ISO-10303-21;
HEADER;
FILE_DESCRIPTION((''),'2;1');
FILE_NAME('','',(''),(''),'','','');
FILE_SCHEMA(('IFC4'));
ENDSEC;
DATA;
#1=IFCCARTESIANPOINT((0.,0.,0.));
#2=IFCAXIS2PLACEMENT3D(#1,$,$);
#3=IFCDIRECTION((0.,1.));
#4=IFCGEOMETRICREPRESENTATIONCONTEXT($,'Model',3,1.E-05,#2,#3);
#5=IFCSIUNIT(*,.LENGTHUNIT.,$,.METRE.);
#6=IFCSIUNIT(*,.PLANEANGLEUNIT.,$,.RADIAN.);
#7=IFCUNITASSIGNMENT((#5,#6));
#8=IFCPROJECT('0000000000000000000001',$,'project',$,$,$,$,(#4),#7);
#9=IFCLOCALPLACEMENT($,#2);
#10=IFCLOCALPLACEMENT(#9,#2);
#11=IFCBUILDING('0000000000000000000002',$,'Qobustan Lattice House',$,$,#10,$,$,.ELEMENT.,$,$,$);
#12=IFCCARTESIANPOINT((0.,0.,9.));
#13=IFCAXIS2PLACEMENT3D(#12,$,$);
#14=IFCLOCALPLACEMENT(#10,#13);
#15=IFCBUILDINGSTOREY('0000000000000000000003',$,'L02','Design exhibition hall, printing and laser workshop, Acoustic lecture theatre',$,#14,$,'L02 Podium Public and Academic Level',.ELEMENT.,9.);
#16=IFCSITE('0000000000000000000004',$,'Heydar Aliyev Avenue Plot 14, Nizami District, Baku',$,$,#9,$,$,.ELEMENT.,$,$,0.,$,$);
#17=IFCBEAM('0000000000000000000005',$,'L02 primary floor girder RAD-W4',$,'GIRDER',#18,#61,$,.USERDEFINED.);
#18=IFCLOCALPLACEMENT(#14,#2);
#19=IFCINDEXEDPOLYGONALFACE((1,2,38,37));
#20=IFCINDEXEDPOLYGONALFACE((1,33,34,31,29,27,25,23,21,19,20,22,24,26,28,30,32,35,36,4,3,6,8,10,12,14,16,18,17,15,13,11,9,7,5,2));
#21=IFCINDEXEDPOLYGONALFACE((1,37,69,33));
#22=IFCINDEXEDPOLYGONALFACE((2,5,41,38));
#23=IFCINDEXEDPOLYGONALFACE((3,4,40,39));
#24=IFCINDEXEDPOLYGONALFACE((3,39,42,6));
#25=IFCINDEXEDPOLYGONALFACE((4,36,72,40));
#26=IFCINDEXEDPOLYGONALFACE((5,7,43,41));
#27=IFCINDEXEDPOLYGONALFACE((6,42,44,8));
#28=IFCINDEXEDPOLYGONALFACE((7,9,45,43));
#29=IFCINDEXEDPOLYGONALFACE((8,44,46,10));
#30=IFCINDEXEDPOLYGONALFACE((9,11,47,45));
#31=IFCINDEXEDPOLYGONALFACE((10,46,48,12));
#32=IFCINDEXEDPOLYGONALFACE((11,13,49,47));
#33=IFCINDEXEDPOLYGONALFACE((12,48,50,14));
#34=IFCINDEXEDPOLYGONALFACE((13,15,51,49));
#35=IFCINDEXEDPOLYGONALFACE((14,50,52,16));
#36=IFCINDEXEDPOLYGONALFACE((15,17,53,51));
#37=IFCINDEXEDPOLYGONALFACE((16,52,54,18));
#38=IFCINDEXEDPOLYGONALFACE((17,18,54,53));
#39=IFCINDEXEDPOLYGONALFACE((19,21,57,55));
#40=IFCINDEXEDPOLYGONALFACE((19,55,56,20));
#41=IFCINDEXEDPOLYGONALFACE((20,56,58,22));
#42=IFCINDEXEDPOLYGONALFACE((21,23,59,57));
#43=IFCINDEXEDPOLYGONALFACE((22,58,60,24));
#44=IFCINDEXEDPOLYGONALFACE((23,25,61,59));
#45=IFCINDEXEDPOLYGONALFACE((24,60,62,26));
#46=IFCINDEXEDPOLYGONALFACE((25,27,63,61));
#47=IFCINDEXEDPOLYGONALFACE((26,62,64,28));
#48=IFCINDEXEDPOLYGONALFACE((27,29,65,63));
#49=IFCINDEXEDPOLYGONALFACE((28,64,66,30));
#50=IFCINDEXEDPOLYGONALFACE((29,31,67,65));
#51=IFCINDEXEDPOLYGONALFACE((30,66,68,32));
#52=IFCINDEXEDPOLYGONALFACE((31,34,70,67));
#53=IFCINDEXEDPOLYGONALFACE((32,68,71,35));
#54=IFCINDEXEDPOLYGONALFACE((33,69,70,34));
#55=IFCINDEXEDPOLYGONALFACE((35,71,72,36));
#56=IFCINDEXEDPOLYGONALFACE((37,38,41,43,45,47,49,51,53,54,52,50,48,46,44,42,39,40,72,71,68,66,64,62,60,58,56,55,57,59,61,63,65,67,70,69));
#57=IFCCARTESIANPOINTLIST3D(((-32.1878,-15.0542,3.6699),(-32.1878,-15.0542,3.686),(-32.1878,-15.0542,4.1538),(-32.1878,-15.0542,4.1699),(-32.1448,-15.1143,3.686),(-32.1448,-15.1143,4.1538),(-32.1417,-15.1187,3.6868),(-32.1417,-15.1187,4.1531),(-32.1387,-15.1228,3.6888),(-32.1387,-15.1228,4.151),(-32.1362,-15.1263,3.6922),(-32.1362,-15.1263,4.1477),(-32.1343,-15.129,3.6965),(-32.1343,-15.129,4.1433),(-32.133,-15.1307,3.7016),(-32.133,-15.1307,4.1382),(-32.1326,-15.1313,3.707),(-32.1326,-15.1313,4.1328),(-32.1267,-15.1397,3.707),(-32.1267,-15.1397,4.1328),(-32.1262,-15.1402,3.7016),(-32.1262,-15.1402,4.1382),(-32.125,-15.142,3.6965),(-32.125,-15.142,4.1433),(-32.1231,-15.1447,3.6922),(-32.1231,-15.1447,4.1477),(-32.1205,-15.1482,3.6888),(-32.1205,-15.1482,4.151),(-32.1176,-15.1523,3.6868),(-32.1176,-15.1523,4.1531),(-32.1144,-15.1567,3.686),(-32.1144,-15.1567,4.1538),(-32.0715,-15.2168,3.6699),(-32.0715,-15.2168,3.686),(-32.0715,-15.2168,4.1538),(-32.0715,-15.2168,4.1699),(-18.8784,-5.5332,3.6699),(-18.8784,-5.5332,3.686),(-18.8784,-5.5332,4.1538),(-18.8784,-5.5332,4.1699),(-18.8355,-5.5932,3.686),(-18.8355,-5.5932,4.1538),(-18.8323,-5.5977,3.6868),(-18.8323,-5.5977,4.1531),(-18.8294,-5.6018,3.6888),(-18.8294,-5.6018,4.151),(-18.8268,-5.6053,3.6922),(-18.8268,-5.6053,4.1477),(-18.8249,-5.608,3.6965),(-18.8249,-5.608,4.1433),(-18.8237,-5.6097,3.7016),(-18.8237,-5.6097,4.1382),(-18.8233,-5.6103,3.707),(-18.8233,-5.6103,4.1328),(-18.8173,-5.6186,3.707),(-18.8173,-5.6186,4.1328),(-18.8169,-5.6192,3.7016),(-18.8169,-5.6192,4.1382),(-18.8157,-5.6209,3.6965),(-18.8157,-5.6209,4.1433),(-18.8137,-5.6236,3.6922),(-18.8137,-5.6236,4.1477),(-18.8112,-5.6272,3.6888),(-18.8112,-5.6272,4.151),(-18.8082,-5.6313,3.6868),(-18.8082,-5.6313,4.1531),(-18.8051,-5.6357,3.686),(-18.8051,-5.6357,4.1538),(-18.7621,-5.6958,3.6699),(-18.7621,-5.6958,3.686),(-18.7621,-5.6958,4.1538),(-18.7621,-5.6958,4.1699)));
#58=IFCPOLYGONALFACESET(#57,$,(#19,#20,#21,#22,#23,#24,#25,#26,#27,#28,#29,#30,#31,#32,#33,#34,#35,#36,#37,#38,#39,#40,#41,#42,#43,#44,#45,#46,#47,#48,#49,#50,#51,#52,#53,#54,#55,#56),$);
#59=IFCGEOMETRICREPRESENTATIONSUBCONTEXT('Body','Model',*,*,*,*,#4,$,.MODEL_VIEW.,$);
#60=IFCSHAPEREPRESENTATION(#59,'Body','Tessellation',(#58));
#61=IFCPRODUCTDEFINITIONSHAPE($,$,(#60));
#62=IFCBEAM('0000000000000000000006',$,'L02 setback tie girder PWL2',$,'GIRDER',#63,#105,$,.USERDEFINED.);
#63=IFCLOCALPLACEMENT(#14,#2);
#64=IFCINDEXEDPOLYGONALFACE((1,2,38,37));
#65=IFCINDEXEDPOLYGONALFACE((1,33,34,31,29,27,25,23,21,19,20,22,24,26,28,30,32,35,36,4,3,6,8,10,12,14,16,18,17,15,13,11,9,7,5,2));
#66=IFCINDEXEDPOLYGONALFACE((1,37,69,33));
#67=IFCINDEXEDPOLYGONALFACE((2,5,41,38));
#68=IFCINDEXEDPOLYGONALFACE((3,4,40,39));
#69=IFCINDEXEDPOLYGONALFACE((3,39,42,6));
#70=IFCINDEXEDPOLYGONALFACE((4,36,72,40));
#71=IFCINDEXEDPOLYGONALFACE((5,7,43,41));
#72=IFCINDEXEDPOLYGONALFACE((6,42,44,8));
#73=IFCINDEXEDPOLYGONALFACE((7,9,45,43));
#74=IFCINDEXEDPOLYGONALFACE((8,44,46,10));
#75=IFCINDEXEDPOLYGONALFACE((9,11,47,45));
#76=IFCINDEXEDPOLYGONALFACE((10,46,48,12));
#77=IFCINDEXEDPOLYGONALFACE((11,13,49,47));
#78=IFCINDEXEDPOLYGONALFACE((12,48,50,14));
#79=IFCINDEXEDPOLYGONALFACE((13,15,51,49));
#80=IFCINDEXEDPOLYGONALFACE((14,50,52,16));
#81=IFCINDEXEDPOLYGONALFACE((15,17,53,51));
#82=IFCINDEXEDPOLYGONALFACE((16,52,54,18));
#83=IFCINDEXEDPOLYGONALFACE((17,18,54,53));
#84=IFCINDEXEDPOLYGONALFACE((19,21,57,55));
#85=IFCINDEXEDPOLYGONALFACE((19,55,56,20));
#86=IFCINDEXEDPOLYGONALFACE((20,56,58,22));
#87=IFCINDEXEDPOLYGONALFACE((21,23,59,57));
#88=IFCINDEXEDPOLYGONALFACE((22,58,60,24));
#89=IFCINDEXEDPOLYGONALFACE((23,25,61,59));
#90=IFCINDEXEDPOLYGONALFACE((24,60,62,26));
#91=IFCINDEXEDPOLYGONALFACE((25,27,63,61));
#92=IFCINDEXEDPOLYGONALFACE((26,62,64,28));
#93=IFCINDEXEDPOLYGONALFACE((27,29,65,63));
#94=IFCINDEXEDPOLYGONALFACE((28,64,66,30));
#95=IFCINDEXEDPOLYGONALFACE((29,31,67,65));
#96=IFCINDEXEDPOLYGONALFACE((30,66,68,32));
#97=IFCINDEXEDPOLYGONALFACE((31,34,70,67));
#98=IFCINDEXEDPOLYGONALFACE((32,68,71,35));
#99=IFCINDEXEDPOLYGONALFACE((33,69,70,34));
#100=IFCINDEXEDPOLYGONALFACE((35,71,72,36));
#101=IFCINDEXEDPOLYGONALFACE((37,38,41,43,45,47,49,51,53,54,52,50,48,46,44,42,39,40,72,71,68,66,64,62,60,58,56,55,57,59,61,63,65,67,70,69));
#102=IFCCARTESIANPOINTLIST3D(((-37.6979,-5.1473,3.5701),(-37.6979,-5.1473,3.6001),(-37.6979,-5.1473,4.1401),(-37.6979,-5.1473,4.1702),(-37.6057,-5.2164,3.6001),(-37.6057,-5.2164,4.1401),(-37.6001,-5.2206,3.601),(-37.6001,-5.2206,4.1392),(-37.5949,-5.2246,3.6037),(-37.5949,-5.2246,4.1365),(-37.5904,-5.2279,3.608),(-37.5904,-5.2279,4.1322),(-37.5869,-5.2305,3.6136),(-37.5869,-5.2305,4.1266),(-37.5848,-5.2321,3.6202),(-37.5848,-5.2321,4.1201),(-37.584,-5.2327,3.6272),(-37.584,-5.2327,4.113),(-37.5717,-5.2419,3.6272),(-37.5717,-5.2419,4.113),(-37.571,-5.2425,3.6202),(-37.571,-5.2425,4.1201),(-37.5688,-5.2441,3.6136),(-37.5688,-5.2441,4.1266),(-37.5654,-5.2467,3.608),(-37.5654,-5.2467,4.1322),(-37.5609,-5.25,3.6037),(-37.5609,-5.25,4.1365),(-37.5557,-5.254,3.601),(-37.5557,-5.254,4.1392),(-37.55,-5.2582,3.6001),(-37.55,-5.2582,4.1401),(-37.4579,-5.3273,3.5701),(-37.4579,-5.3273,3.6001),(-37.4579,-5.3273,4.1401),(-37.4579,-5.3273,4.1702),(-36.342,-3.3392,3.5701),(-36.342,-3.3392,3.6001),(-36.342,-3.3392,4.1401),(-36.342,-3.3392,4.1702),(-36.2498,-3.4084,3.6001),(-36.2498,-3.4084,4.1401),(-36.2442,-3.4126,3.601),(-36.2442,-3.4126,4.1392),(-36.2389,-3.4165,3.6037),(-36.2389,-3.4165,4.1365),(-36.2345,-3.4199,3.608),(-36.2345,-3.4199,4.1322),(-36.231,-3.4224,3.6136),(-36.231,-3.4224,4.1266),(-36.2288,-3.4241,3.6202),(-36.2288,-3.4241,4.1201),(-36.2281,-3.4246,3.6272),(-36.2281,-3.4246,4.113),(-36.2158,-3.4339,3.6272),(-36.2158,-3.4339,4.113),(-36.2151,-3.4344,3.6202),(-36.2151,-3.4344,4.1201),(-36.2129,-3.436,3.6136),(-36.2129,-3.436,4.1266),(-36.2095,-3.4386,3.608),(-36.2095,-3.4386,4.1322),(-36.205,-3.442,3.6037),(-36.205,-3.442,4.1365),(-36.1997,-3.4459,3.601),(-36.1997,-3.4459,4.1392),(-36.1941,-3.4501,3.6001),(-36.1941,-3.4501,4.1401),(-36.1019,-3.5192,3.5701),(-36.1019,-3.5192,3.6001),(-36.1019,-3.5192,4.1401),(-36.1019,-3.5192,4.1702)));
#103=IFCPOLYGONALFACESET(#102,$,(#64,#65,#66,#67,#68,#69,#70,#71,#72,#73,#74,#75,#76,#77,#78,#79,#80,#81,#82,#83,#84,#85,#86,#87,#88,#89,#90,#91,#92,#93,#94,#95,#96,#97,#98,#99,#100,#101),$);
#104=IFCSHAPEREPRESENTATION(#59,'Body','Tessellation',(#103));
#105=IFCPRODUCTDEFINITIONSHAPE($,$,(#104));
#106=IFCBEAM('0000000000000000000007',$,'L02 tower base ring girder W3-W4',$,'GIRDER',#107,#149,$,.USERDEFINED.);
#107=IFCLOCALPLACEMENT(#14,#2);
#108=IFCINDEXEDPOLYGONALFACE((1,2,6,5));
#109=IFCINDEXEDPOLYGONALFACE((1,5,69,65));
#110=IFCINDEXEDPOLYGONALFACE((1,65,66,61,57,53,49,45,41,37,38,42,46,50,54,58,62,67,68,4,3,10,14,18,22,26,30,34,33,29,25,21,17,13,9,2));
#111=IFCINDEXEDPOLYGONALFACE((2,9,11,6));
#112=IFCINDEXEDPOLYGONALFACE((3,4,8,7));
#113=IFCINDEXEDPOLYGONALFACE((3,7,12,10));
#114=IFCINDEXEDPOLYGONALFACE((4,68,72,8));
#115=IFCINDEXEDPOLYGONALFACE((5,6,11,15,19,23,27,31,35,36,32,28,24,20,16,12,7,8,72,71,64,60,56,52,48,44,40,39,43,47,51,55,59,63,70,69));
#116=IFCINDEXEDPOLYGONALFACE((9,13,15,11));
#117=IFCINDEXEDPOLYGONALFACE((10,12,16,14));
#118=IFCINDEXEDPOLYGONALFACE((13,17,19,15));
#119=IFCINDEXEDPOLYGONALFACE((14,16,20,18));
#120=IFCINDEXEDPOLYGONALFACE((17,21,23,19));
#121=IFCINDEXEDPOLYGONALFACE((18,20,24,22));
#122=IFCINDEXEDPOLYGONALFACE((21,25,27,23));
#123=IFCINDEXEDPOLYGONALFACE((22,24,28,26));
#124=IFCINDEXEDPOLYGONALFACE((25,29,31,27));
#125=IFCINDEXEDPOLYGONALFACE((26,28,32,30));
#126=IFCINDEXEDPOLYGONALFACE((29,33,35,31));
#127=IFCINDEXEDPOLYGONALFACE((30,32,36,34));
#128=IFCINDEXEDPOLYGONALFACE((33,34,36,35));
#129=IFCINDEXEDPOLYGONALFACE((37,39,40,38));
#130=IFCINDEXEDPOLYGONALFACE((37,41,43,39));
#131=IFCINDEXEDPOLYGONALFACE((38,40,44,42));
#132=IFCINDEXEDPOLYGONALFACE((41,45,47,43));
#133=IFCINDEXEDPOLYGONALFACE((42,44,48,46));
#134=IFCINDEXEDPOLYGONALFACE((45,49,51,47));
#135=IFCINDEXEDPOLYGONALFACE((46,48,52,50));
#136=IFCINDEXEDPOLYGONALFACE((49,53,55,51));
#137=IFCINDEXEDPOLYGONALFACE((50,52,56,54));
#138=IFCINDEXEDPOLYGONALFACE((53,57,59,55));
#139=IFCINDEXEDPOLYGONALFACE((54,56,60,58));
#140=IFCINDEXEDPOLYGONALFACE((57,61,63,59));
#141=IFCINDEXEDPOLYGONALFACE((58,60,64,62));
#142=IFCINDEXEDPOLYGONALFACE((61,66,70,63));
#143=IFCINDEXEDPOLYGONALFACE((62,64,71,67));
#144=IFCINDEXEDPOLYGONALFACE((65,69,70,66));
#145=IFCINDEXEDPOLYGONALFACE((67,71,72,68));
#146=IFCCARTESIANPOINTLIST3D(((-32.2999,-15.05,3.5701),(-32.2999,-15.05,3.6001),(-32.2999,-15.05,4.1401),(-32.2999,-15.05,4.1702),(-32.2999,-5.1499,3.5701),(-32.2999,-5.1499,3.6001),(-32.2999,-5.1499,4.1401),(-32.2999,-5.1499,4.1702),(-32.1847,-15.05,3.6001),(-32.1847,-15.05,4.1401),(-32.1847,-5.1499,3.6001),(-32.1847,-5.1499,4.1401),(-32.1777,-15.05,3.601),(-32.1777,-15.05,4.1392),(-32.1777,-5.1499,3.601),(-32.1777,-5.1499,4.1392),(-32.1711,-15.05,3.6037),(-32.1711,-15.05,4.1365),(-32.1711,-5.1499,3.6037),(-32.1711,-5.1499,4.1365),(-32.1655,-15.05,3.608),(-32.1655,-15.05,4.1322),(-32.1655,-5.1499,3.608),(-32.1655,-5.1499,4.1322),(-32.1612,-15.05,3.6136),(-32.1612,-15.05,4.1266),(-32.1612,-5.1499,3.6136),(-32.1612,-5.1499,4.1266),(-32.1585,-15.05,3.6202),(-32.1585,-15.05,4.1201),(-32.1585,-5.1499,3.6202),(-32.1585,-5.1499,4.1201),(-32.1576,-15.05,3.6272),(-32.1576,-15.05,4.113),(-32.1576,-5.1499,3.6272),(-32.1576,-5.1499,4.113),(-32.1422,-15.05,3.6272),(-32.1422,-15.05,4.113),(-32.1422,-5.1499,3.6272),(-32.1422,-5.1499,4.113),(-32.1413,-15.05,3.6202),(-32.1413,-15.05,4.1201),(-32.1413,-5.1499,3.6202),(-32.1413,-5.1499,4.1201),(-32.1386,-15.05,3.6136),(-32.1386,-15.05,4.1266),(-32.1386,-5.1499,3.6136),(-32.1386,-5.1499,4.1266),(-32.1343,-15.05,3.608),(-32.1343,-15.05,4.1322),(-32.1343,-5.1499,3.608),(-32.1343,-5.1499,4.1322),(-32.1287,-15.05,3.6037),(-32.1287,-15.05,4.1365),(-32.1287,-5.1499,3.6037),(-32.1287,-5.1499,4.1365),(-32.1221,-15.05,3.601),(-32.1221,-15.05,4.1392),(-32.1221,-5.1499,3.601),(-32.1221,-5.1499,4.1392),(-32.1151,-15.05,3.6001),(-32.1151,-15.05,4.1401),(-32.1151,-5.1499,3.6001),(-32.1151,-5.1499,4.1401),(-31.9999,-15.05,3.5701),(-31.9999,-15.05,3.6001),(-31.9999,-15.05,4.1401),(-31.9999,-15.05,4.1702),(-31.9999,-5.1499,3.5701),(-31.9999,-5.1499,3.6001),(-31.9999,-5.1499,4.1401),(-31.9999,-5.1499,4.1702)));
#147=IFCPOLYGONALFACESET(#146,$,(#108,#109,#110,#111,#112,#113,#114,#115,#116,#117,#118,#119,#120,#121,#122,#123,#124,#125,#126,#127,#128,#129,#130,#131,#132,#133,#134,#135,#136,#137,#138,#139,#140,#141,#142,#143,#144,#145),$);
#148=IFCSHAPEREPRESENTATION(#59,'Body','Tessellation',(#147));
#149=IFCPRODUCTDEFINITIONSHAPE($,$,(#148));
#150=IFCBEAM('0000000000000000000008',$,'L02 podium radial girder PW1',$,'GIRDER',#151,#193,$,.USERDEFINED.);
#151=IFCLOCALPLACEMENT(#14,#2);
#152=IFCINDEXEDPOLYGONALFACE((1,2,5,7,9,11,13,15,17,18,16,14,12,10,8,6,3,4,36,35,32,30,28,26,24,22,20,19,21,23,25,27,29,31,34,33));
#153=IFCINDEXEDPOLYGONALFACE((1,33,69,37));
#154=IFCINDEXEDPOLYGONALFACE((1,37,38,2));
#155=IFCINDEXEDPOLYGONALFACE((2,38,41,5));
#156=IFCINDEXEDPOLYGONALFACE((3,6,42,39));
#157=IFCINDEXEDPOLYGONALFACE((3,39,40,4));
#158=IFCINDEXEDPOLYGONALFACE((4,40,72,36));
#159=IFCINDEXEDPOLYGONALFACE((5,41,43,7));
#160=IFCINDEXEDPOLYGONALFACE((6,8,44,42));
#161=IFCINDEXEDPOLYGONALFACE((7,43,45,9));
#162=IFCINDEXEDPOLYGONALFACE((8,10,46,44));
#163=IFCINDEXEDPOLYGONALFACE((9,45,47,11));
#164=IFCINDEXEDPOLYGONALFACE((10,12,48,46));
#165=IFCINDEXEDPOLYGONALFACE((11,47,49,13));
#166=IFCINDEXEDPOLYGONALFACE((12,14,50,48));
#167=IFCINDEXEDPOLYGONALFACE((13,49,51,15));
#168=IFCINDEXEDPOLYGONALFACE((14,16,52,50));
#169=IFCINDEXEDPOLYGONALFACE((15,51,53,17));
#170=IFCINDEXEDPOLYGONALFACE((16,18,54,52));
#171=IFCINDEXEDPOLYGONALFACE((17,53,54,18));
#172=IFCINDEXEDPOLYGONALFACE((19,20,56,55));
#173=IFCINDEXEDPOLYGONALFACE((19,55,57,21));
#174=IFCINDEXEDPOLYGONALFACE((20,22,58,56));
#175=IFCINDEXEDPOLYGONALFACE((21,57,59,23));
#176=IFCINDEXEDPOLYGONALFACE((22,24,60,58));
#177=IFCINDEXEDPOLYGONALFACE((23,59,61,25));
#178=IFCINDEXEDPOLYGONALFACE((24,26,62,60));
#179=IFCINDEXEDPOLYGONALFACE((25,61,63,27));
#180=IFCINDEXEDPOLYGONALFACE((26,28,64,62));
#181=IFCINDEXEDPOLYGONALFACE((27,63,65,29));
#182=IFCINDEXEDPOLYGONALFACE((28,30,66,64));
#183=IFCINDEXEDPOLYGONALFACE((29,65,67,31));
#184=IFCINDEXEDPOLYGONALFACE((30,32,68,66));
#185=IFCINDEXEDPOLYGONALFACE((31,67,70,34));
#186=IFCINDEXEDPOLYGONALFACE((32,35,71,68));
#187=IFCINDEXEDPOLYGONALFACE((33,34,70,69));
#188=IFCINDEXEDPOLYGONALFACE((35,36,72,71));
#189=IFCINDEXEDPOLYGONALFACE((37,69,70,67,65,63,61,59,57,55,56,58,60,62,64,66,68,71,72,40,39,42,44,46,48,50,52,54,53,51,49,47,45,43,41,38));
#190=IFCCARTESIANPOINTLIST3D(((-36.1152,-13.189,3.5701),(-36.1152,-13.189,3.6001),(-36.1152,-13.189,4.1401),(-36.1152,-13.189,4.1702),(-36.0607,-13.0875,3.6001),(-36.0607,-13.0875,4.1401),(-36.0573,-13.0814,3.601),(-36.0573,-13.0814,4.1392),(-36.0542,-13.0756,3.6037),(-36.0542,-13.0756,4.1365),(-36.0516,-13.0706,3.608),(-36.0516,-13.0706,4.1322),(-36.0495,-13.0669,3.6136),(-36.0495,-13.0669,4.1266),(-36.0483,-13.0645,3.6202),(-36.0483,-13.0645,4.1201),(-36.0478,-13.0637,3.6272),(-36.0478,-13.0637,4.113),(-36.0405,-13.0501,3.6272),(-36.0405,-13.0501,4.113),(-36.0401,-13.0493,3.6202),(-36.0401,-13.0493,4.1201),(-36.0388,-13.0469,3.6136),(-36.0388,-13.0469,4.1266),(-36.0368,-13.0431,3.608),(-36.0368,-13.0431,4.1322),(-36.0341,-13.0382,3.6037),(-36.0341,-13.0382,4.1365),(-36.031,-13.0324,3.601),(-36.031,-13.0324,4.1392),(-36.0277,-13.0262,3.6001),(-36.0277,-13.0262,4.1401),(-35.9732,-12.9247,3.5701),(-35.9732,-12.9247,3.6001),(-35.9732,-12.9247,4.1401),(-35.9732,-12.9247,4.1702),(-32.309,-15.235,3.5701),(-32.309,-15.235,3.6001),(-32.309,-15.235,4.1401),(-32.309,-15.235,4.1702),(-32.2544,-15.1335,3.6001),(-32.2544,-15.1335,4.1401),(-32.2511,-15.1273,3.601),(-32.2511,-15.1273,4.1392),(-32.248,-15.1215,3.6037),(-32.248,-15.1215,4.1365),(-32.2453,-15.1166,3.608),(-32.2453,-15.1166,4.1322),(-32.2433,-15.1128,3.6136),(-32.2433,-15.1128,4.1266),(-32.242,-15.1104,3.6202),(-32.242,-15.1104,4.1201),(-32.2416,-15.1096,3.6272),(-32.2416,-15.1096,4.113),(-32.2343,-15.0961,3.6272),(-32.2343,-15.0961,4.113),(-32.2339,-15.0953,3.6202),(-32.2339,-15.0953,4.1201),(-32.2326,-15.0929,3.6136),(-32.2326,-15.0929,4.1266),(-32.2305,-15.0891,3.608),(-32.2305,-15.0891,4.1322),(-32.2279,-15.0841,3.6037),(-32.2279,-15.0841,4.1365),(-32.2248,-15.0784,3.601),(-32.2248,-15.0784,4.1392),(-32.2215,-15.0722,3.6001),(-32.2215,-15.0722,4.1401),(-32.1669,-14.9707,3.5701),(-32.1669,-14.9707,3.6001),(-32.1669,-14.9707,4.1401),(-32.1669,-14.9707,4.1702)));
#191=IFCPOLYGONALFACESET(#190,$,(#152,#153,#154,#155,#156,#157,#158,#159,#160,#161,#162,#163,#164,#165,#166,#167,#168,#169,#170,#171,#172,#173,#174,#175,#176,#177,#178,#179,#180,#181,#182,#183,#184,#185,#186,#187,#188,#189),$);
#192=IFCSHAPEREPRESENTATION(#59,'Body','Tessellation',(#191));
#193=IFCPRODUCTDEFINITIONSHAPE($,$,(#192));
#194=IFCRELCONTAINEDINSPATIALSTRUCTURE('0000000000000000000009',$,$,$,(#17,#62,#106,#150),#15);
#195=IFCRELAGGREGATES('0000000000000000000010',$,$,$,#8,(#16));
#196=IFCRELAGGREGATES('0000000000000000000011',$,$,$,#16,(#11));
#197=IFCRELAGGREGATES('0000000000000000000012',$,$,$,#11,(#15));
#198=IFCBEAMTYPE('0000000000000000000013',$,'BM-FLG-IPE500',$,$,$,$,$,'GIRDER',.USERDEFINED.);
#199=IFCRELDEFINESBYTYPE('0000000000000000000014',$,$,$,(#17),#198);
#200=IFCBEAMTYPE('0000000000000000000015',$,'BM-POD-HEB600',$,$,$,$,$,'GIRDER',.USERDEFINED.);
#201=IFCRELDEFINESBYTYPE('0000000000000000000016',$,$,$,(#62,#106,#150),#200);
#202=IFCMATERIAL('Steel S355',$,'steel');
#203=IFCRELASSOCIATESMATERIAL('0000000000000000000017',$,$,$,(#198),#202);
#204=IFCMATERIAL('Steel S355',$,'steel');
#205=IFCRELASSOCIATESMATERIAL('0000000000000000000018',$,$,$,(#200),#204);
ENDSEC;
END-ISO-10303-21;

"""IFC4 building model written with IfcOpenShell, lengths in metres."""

from ifc_helpers import new_model, si_unit, direction, frame, origin, origin_2d, place, context, subcontext, project, spatial, i_section, extrude, material, material_profile, profile_set, type_object, element, save


model = new_model("IFC4")

# Units and contexts
model_context = context("Model", 3, precision=1e-05, world=origin(), true_north=direction((0.0, 1.0)))
body_context = subcontext(model_context, "Body", "Model", "MODEL_VIEW")
ifc_project = project(units=[si_unit("LENGTHUNIT", "METRE"), si_unit("PLANEANGLEUNIT", "RADIAN")], contexts=[model_context])

# Site, building, storey
site_placement = place(None, origin())
site = spatial("IfcSite", under=ifc_project, at=site_placement, Name="Heydar Aliyev Avenue Plot 14, Nizami District, Baku", CompositionType="ELEMENT", RefElevation=0.0)
building_placement = place(site_placement, origin())
building = spatial("IfcBuilding", under=site, at=building_placement, Name="Qobustan Lattice House", CompositionType="ELEMENT")
storey_placement = place(building_placement, frame((0.0, 0.0, 9.0)))
storey = spatial("IfcBuildingStorey", under=building, at=storey_placement, Name="L02", Description="Design exhibition hall, printing and laser workshop, Acoustic lecture theatre", LongName="L02 Podium Public and Academic Level", CompositionType="ELEMENT", Elevation=9.0)

# Beams
ifc_material_1 = material(Name="Steel S355", Category="steel")
ifc_material_profile_1 = material_profile(ifc_material_1, i_section(OverallWidth=0.2, OverallDepth=0.5, WebThickness=0.0103, FlangeThickness=0.0161, FilletRadius=0.021, at=origin_2d()), Name="IPE500")
ifc_profile_set_1 = profile_set([ifc_material_profile_1], Name="Steel S355")
beam_type_1 = type_object("IfcBeamType", Name="BM-FLG-IPE500", ElementType="GIRDER", PredefinedType="USERDEFINED", material=ifc_profile_set_1)
beam_1_placement = place(storey_placement, frame((-32.1296, -15.1355, 3.9199), z_axis=(0.813319, 0.581818, 0.0), x_axis=(-0.581818, 0.813319, 0.0)))
element("IfcBeam", 1, at=beam_1_placement, inside=storey, type_object=beam_type_1, Name="L02 primary floor girder RAD-W4", ObjectType="GIRDER", PredefinedType="USERDEFINED", context=body_context, shape_type="SweptSolid", body=[
    extrude(i_section(OverallWidth=0.2, OverallDepth=0.5, WebThickness=0.0103, FlangeThickness=0.0161, FilletRadius=0.021, at=origin_2d()), origin(), (0.0, 0.0, 1.0), 16.3643),
])
ifc_material_2 = material(Name="Steel S355", Category="steel")
ifc_material_profile_2 = material_profile(ifc_material_2, i_section(OverallWidth=0.3, OverallDepth=0.6001, WebThickness=0.0154, FlangeThickness=0.03, FilletRadius=0.0271, at=origin_2d()), Name="HEB600")
ifc_profile_set_2 = profile_set([ifc_material_profile_2], Name="Steel S355")
beam_type_2 = type_object("IfcBeamType", Name="BM-POD-HEB600", ElementType="GIRDER", PredefinedType="USERDEFINED", material=ifc_profile_set_2)
beam_2_placement = place(storey_placement, frame((-37.5779, -5.2373, 3.8701), z_axis=(0.599965, 0.800026, 0.0), x_axis=(-0.800026, 0.599965, 0.0)))
element("IfcBeam", 2, at=beam_2_placement, inside=storey, type_object=beam_type_2, Name="L02 setback tie girder PWL2", ObjectType="GIRDER", PredefinedType="USERDEFINED", context=body_context, shape_type="SweptSolid", body=[
    extrude(i_section(OverallWidth=0.3, OverallDepth=0.6001, WebThickness=0.0154, FlangeThickness=0.03, FilletRadius=0.0271, at=origin_2d()), origin(), (0.0, 0.0, 1.0), 2.26),
])
beam_3_placement = place(storey_placement, frame((-32.1499, -5.1499, 3.8701), z_axis=(0.0, -1.0, 0.0), x_axis=(1.0, 0.0, 0.0)))
element("IfcBeam", 3, at=beam_3_placement, inside=storey, type_object=beam_type_2, Name="L02 tower base ring girder W3-W4", ObjectType="GIRDER", PredefinedType="USERDEFINED", context=body_context, shape_type="SweptSolid", body=[
    extrude(i_section(OverallWidth=0.3, OverallDepth=0.6001, WebThickness=0.0154, FlangeThickness=0.03, FilletRadius=0.0271, at=origin_2d()), origin(), (0.0, 0.0, 1.0), 9.9001),
])
beam_4_placement = place(storey_placement, frame((-36.0442, -13.0569, 3.8701), z_axis=(0.880816, -0.47346, 0.0), x_axis=(0.47346, 0.880816, 0.0)))
element("IfcBeam", 4, at=beam_4_placement, inside=storey, type_object=beam_type_2, Name="L02 podium radial girder PW1", ObjectType="GIRDER", PredefinedType="USERDEFINED", context=body_context, shape_type="SweptSolid", body=[
    extrude(i_section(OverallWidth=0.3, OverallDepth=0.6001, WebThickness=0.0154, FlangeThickness=0.03, FilletRadius=0.0271, at=origin_2d()), origin(), (0.0, 0.0, 1.0), 4.3213),
])

save(model, "model.ifc")
